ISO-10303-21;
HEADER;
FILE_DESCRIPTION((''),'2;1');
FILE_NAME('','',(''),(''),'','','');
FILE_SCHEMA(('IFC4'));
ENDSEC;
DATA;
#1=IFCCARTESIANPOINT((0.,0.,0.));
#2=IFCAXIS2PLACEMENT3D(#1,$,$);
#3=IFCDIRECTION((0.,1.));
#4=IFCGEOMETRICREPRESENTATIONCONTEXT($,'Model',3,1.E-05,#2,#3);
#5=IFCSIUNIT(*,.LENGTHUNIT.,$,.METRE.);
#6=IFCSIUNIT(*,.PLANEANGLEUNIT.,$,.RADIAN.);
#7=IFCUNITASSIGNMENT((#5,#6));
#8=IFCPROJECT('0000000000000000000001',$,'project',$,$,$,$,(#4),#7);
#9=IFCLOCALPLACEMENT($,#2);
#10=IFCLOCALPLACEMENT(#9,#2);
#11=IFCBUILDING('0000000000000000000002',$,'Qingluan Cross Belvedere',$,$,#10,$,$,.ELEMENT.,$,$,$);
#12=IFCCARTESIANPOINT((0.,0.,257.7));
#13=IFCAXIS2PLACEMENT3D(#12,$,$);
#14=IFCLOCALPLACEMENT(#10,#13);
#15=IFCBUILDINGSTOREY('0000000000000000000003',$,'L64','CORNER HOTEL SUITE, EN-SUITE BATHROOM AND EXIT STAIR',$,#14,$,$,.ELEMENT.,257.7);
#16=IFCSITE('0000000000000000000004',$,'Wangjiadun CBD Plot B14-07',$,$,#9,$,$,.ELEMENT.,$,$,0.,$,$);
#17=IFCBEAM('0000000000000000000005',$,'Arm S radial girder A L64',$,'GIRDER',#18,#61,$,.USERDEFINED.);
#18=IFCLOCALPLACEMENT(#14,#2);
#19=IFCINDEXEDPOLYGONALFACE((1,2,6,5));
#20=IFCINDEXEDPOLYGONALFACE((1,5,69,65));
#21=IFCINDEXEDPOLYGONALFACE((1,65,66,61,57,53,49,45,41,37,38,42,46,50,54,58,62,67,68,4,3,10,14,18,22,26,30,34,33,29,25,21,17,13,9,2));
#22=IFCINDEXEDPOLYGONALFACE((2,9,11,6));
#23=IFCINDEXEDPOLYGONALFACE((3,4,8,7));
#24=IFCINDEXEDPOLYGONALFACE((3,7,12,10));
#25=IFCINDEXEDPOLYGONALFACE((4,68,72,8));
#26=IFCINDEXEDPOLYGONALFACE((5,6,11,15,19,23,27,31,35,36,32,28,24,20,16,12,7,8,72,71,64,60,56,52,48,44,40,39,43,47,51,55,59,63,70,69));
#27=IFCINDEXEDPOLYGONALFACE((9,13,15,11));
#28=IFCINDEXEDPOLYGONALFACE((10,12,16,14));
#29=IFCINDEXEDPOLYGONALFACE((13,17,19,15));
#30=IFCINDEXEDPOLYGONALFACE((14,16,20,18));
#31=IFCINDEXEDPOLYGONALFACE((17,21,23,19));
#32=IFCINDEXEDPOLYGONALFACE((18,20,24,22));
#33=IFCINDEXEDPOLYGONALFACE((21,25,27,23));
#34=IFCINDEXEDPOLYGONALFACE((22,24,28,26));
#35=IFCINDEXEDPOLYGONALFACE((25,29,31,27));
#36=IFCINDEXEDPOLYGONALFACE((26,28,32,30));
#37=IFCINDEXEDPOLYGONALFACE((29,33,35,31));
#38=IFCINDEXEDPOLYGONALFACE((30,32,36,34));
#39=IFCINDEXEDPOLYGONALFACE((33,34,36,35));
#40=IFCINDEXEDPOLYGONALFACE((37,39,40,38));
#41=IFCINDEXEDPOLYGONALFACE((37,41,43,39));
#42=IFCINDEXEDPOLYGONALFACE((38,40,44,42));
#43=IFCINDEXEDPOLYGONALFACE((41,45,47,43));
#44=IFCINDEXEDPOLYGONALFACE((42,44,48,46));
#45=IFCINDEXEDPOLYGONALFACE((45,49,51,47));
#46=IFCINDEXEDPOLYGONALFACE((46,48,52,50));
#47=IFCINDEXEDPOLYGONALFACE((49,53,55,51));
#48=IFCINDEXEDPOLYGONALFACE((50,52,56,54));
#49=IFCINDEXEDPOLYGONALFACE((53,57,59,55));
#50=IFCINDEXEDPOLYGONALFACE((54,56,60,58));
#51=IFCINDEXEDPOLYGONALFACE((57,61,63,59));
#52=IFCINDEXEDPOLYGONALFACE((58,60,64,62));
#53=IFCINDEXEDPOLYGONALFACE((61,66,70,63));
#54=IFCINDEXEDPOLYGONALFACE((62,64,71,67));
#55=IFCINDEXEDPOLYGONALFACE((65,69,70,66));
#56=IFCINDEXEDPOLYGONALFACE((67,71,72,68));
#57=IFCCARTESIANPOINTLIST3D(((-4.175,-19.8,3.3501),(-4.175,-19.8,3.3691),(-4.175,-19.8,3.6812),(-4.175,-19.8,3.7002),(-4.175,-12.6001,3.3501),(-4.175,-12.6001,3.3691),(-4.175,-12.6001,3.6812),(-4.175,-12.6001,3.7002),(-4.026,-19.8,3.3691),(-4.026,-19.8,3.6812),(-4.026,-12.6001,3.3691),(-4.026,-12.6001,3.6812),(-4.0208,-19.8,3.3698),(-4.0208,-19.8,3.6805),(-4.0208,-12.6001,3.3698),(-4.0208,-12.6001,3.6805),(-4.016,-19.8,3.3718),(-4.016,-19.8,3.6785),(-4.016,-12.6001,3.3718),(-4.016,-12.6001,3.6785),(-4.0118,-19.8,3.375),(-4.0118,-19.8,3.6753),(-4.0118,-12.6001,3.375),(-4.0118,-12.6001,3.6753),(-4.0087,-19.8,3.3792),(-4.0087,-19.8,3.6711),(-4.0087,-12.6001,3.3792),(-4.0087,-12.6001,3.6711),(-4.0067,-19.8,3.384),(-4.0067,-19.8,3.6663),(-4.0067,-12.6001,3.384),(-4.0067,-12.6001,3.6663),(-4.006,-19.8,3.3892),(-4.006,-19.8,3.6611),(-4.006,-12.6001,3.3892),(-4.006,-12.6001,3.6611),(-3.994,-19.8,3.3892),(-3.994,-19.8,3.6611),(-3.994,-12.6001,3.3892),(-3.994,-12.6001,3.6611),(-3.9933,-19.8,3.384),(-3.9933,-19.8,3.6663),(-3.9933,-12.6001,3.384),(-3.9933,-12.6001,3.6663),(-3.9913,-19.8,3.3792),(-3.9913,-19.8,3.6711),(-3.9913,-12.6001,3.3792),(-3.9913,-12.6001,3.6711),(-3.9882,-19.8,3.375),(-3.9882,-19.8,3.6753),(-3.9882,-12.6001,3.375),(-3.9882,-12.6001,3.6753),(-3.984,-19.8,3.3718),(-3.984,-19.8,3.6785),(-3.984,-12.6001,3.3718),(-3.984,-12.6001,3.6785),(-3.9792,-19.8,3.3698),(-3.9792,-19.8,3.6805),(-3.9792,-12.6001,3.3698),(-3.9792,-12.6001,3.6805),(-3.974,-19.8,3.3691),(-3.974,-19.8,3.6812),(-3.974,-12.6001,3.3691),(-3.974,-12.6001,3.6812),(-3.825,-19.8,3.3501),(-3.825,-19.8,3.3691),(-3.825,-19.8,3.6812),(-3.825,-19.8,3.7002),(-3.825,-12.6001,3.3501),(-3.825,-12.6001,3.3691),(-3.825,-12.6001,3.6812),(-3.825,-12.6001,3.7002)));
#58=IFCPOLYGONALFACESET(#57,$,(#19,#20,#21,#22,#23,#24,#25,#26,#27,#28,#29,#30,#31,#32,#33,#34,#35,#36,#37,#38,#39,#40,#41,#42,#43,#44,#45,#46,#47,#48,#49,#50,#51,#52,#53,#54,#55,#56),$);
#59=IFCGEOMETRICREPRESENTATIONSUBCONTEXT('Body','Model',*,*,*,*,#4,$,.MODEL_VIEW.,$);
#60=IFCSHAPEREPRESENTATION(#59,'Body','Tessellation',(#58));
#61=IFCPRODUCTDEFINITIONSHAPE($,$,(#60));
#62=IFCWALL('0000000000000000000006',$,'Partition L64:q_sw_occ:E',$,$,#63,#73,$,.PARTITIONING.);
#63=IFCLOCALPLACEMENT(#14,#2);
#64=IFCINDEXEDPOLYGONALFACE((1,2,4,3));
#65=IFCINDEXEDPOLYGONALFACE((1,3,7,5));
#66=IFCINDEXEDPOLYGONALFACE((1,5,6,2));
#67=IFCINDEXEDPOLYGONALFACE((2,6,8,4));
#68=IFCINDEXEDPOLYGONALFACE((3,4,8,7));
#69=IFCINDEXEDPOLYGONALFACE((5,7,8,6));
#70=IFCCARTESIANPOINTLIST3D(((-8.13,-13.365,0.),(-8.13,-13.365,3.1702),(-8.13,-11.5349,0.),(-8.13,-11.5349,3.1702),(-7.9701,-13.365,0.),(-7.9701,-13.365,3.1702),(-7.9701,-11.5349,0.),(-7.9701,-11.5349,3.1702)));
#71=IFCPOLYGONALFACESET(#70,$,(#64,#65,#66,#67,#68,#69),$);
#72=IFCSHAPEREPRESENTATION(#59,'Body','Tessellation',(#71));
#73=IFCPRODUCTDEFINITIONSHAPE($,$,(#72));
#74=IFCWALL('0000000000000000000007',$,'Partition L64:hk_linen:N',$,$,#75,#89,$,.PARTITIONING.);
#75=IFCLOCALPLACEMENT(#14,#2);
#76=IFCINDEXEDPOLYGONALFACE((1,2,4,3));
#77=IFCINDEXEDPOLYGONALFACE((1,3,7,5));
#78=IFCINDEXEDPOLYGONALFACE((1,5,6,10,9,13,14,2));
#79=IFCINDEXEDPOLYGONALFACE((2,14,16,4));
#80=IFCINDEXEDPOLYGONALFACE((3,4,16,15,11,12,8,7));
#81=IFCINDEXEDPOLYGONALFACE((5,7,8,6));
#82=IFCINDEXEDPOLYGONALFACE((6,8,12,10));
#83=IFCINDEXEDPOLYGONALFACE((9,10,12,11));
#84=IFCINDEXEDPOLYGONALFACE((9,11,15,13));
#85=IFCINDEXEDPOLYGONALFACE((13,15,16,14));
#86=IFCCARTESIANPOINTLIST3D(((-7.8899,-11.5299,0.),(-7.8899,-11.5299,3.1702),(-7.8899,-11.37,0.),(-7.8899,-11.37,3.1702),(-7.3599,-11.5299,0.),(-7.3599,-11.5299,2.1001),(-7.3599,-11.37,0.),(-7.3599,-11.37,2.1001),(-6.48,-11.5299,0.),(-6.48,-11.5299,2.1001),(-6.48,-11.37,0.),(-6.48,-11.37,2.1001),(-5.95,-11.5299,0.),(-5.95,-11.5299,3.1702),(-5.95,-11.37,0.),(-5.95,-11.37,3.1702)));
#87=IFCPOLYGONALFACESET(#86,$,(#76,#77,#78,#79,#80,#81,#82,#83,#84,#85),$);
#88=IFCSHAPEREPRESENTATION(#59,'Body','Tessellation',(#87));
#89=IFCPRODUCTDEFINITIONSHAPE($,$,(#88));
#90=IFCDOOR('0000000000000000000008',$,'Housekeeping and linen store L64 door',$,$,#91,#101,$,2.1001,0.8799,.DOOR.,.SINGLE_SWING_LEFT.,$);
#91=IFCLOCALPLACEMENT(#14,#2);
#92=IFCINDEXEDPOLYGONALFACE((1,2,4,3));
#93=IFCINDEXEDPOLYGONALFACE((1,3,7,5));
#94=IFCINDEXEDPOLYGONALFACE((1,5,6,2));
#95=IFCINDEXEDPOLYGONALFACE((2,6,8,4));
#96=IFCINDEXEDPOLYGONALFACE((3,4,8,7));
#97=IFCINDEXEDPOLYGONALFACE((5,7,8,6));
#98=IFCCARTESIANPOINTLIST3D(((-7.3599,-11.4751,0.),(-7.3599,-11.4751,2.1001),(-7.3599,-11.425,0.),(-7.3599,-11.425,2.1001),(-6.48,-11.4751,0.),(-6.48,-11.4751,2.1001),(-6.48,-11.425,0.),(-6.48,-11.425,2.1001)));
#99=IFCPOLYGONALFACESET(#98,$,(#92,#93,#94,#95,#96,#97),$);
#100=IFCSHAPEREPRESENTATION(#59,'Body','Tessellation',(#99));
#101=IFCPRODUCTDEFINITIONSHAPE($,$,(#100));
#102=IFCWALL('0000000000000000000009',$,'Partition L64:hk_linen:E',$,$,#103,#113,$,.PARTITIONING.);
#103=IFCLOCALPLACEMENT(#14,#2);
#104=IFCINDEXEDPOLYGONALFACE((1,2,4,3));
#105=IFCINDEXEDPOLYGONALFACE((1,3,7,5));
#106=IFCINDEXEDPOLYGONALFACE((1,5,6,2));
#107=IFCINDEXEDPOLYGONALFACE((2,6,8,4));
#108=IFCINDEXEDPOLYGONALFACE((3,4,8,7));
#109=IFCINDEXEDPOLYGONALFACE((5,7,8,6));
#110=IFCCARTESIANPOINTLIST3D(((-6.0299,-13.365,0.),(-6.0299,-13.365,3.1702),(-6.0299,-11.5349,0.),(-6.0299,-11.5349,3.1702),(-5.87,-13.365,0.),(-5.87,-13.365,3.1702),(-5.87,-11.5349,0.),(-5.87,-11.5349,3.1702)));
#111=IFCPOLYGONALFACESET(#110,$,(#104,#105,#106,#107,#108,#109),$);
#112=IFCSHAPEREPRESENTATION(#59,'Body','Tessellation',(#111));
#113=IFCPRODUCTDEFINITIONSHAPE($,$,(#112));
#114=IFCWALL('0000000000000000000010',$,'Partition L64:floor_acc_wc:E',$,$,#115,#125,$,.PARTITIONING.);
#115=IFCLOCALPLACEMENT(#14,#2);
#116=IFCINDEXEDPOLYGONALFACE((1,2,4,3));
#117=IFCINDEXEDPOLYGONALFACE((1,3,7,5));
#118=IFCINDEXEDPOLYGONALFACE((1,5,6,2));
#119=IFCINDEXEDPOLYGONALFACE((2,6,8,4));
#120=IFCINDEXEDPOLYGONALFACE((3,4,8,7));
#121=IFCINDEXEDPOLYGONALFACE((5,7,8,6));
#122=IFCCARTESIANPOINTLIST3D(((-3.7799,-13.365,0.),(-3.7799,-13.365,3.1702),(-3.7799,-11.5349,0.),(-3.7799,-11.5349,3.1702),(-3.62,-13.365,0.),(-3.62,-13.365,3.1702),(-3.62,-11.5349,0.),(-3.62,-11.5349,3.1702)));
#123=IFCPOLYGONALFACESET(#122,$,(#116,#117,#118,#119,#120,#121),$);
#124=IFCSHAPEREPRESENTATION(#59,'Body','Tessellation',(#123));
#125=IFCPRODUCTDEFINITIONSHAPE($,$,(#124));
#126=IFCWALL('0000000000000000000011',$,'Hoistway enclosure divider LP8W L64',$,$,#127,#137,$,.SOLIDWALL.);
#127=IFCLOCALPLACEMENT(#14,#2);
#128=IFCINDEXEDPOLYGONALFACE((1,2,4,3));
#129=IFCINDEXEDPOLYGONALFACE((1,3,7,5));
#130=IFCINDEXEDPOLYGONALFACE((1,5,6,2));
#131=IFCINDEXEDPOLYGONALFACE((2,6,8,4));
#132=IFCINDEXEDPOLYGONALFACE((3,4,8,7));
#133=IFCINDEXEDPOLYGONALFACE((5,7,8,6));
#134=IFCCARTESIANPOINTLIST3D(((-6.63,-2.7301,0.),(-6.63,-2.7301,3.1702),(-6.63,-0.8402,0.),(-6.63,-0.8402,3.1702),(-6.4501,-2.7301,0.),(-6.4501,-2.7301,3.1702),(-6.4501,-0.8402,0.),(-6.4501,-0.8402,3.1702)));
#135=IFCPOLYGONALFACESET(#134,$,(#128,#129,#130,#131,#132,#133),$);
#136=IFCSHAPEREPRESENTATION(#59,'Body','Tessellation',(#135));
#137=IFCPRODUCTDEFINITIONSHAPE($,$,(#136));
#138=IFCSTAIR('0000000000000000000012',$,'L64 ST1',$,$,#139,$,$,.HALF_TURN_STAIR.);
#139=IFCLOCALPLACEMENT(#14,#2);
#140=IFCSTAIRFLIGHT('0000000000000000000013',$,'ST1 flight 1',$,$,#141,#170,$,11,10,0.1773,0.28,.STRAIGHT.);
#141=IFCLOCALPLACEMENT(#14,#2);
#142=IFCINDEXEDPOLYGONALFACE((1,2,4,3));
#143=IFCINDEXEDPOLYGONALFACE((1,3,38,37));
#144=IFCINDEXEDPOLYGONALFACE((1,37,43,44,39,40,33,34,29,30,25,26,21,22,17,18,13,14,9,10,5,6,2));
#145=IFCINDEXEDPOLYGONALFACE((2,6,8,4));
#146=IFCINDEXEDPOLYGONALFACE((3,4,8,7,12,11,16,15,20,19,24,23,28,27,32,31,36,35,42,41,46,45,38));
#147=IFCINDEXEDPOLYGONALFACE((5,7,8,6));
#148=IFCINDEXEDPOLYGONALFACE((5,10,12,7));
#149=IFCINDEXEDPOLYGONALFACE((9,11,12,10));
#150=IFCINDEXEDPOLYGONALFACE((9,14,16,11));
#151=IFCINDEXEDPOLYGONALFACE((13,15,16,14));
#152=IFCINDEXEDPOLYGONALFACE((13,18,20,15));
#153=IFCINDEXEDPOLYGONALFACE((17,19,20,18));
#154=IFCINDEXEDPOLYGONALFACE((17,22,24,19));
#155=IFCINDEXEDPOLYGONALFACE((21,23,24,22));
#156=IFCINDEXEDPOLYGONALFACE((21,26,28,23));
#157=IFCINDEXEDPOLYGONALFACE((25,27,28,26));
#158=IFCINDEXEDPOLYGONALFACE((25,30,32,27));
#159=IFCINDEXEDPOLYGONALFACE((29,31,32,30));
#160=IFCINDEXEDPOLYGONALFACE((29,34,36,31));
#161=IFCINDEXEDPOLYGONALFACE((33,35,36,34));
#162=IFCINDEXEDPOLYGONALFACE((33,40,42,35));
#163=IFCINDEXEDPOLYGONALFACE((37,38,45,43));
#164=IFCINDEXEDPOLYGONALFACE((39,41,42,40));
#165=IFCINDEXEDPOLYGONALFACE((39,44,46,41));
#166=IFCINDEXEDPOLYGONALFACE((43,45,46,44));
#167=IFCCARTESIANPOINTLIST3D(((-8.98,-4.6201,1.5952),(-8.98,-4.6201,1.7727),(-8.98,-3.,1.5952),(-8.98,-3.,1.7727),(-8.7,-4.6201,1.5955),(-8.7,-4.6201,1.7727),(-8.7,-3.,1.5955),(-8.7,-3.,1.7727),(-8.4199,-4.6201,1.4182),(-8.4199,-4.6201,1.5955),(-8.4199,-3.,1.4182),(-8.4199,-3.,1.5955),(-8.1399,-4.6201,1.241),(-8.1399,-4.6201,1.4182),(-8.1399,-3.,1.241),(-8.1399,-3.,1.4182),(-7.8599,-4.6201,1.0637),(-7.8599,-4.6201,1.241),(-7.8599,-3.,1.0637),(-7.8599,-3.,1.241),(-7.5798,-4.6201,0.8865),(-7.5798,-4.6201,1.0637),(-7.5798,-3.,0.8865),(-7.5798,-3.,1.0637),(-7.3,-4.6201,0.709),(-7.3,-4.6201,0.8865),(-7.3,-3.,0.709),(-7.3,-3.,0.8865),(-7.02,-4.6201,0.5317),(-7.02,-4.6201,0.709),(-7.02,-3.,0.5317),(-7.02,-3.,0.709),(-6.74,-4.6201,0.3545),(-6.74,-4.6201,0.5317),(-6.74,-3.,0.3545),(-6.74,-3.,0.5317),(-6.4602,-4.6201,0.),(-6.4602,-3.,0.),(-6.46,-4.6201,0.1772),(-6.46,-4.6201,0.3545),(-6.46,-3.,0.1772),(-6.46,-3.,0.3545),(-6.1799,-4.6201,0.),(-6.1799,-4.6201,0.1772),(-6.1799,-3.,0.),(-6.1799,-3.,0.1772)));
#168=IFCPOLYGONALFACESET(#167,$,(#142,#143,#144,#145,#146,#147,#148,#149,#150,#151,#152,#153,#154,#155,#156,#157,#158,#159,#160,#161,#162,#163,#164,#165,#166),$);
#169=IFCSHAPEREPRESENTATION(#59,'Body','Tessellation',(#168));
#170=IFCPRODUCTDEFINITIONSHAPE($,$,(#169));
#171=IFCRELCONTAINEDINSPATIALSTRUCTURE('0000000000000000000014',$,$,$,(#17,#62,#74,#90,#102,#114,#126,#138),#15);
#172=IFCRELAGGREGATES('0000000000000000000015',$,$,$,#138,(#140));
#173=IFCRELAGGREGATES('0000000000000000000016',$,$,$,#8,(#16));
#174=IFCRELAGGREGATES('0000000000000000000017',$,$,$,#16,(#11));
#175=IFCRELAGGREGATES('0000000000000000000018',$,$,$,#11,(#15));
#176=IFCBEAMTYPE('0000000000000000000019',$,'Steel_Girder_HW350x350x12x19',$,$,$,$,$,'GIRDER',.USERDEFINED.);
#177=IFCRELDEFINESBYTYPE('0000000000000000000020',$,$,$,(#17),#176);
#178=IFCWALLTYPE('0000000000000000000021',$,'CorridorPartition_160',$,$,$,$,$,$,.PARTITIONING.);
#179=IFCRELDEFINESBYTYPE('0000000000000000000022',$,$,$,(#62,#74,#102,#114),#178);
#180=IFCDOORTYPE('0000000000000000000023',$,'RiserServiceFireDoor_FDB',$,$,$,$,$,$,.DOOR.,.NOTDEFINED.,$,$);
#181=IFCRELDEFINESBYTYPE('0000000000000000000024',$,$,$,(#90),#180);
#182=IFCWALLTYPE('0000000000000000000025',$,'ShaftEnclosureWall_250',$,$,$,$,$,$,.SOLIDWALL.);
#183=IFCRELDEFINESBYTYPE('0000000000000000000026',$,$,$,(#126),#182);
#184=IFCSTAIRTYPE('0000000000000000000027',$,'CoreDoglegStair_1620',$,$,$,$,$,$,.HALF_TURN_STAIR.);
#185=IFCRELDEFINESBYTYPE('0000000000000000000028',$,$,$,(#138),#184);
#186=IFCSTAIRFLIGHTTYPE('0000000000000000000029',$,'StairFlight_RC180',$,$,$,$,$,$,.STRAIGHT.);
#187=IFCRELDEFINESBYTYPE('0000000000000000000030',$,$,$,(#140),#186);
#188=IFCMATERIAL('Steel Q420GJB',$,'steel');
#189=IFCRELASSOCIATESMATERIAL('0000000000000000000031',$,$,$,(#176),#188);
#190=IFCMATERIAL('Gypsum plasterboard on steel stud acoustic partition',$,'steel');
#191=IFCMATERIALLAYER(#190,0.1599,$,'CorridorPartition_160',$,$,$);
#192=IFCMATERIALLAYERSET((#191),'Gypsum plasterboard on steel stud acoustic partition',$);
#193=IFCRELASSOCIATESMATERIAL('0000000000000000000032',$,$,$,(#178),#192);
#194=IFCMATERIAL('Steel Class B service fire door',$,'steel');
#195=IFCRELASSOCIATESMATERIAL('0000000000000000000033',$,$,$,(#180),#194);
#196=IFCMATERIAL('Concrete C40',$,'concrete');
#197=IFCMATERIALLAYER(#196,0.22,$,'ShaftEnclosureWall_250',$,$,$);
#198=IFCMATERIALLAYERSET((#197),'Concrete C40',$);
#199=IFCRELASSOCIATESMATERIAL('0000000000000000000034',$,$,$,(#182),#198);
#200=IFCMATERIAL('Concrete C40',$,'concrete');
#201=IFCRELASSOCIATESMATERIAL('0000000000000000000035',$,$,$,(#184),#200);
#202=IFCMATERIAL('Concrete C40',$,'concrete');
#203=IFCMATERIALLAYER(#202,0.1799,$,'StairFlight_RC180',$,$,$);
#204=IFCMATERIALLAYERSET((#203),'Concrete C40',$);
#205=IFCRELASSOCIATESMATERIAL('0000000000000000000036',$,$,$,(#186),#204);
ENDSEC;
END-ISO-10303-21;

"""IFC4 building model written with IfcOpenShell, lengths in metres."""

from ifc_helpers import new_model, si_unit, direction, frame, frame_2d, origin, origin_2d, place, context, subcontext, project, spatial, polyline, rectangle, i_section, outline, extrude, material, layer, layer_set, material_profile, profile_set, type_object, element, fill, aggregate, save


model = new_model("IFC4")

# Units and contexts
model_context = context("Model", 3, precision=1e-05, world=origin(), true_north=direction((0.0, 1.0)))
body_context = subcontext(model_context, "Body", "Model", "MODEL_VIEW")
ifc_project = project(units=[si_unit("LENGTHUNIT", "METRE"), si_unit("PLANEANGLEUNIT", "RADIAN")], contexts=[model_context])

# Site, building, storey
site_placement = place(None, origin())
site = spatial("IfcSite", under=ifc_project, at=site_placement, Name="Wangjiadun CBD Plot B14-07", CompositionType="ELEMENT", RefElevation=0.0)
building_placement = place(site_placement, origin())
building = spatial("IfcBuilding", under=site, at=building_placement, Name="Qingluan Cross Belvedere", CompositionType="ELEMENT")
storey_placement = place(building_placement, frame((0.0, 0.0, 257.7)))
storey = spatial("IfcBuildingStorey", under=building, at=storey_placement, Name="L64", Description="CORNER HOTEL SUITE, EN-SUITE BATHROOM AND EXIT STAIR", CompositionType="ELEMENT", Elevation=257.7)

# Beam
ifc_material_1 = material(Name="Steel Q420GJB", Category="steel")
ifc_material_profile_1 = material_profile(ifc_material_1, i_section(OverallWidth=0.3501, OverallDepth=0.3501, WebThickness=0.012, FlangeThickness=0.019, FilletRadius=0.02, at=origin_2d()), Name="HW350x350x12x19")
ifc_profile_set_1 = profile_set([ifc_material_profile_1], Name="Steel Q420GJB")
beam_type_1 = type_object("IfcBeamType", Name="Steel_Girder_HW350x350x12x19", ElementType="GIRDER", PredefinedType="USERDEFINED", material=ifc_profile_set_1)
beam_1_placement = place(storey_placement, frame((-4.0, -12.6001, 3.5251), z_axis=(0.0, -1.0, 0.0), x_axis=(1.0, 0.0, 0.0)))
element("IfcBeam", 1, at=beam_1_placement, inside=storey, type_object=beam_type_1, Name="Arm S radial girder A L64", ObjectType="GIRDER", PredefinedType="USERDEFINED", context=body_context, shape_type="SweptSolid", body=[
    extrude(i_section(OverallWidth=0.3501, OverallDepth=0.3501, WebThickness=0.012, FlangeThickness=0.019, FilletRadius=0.02, at=origin_2d()), origin(), (0.0, 0.0, 1.0), 7.2),
])

# Wall
ifc_material_2 = material(Name="Gypsum plasterboard on steel stud acoustic partition", Category="steel")
ifc_layer_1 = layer(ifc_material_2, 0.1599, Name="CorridorPartition_160")
ifc_layer_set_1 = layer_set([ifc_layer_1], Name="Gypsum plasterboard on steel stud acoustic partition")
wall_type_1 = type_object("IfcWallType", Name="CorridorPartition_160", PredefinedType="PARTITIONING", material=ifc_layer_set_1)
wall_1_placement = place(storey_placement, frame((-8.05, -13.365, 0.0), z_axis=(0.0, 0.0, 1.0), x_axis=(0.0, 1.0, 0.0)))
element("IfcWall", 2, at=wall_1_placement, inside=storey, type_object=wall_type_1, Name="Partition L64:q_sw_occ:E", PredefinedType="PARTITIONING", context=body_context, shape_type="SweptSolid", body=[
    extrude(rectangle(XDim=1.8301, YDim=0.1599, at=frame_2d((0.915, 0.0))), origin(), (0.0, 0.0, 1.0), 3.1702),
])

# Wall, opening, door
wall_2_placement = place(storey_placement, frame((-7.8899, -11.45, 0.0), z_axis=(0.0, 0.0, 1.0), x_axis=(1.0, 0.0, 0.0)))
wall_2 = element("IfcWall", 3, at=wall_2_placement, inside=storey, type_object=wall_type_1, Name="Partition L64:hk_linen:N", PredefinedType="PARTITIONING", context=body_context, shape_type="SweptSolid", body=[
    extrude(rectangle(XDim=1.9399, YDim=0.1599, at=frame_2d((0.97, 0.0))), origin(), (0.0, 0.0, 1.0), 3.1702),
])
opening_1_placement = place(wall_2_placement, frame((0.53, 0.0, 0.0)))
opening_1 = element("IfcOpeningElement", 4, at=opening_1_placement, cuts=wall_2, PredefinedType="OPENING", context=body_context, shape_type="SweptSolid", body=[
    extrude(rectangle(XDim=0.8799, YDim=2.1001, at=frame_2d((0.4399, 1.05))), frame((0.0, 0.0898, 0.0), z_axis=(0.0, -1.0, 0.0), x_axis=(1.0, 0.0, 0.0)), (0.0, 0.0, 1.0), 0.1799),
])
ifc_material_3 = material(Name="Steel Class B service fire door", Category="steel")
door_type_1 = type_object("IfcDoorType", Name="RiserServiceFireDoor_FDB", OperationType="NOTDEFINED", PredefinedType="DOOR", material=ifc_material_3)
door_1_placement = place(opening_1_placement, origin())
door_1 = element("IfcDoor", 5, at=door_1_placement, inside=storey, type_object=door_type_1, Name="Housekeeping and linen store L64 door", OperationType="SINGLE_SWING_LEFT", OverallHeight=2.1001, OverallWidth=0.8799, PredefinedType="DOOR", context=body_context, shape_type="SweptSolid", body=[
    extrude(rectangle(XDim=0.8799, YDim=2.1001, at=frame_2d((0.4399, 1.05))), frame((0.0, 0.0249, 0.0), z_axis=(0.0, -1.0, 0.0), x_axis=(1.0, 0.0, 0.0)), (0.0, 0.0, 1.0), 0.05),
])
fill(opening_1, door_1)

# Wall
wall_3_placement = place(storey_placement, frame((-5.95, -13.365, 0.0), z_axis=(0.0, 0.0, 1.0), x_axis=(0.0, 1.0, 0.0)))
element("IfcWall", 6, at=wall_3_placement, inside=storey, type_object=wall_type_1, Name="Partition L64:hk_linen:E", PredefinedType="PARTITIONING", context=body_context, shape_type="SweptSolid", body=[
    extrude(rectangle(XDim=1.8301, YDim=0.1599, at=frame_2d((0.915, 0.0))), origin(), (0.0, 0.0, 1.0), 3.1702),
])

# Wall
wall_4_placement = place(storey_placement, frame((-3.7, -13.365, 0.0), z_axis=(0.0, 0.0, 1.0), x_axis=(0.0, 1.0, 0.0)))
element("IfcWall", 7, at=wall_4_placement, inside=storey, type_object=wall_type_1, Name="Partition L64:floor_acc_wc:E", PredefinedType="PARTITIONING", context=body_context, shape_type="SweptSolid", body=[
    extrude(rectangle(XDim=1.8301, YDim=0.1599, at=frame_2d((0.915, 0.0))), origin(), (0.0, 0.0, 1.0), 3.1702),
])

# Wall
ifc_material_4 = material(Name="Concrete C40", Category="concrete")
ifc_layer_2 = layer(ifc_material_4, 0.22, Name="ShaftEnclosureWall_250")
ifc_layer_set_2 = layer_set([ifc_layer_2], Name="Concrete C40")
wall_type_2 = type_object("IfcWallType", Name="ShaftEnclosureWall_250", PredefinedType="SOLIDWALL", material=ifc_layer_set_2)
wall_5_placement = place(storey_placement, frame((-6.54, -2.73, 0.0), z_axis=(0.0, 0.0, 1.0), x_axis=(0.0, 1.0, 0.0)))
element("IfcWall", 8, at=wall_5_placement, inside=storey, type_object=wall_type_2, Name="Hoistway enclosure divider LP8W L64", PredefinedType="SOLIDWALL", context=body_context, shape_type="SweptSolid", body=[
    extrude(rectangle(XDim=1.8899, YDim=0.1799, at=frame_2d((0.9448, 0.0))), origin(), (0.0, 0.0, 1.0), 3.1702),
])

# Stair, stair flight
ifc_material_5 = material(Name="Concrete C40", Category="concrete")
stair_type = type_object("IfcStairType", Name="CoreDoglegStair_1620", PredefinedType="HALF_TURN_STAIR", material=ifc_material_5)
stair_placement = place(storey_placement, origin())
stair = element("IfcStair", 9, at=stair_placement, inside=storey, type_object=stair_type, Name="L64 ST1", PredefinedType="HALF_TURN_STAIR")
ifc_material_6 = material(Name="Concrete C40", Category="concrete")
ifc_layer_3 = layer(ifc_material_6, 0.1799, Name="StairFlight_RC180")
ifc_layer_set_3 = layer_set([ifc_layer_3], Name="Concrete C40")
stair_flight_type = type_object("IfcStairFlightType", Name="StairFlight_RC180", PredefinedType="STRAIGHT", material=ifc_layer_set_3)
stair_flight_placement = place(storey_placement, frame((-6.1799, -3.8101, 0.0), z_axis=(0.0, 0.0, 1.0), x_axis=(-1.0, 0.0, 0.0)))
stair_flight = element("IfcStairFlight", 10, at=stair_flight_placement, type_object=stair_flight_type, Name="ST1 flight 1", NumberOfRisers=11, NumberOfTreads=10, PredefinedType="STRAIGHT", RiserHeight=0.1773, TreadLength=0.28, context=body_context, shape_type="SweptSolid", body=[
    extrude(outline(polyline([(0.0, 0.0), (0.0, 0.1772), (0.28, 0.1772), (0.28, 0.3545), (0.5601, 0.3545), (0.5601, 0.5317), (0.8401, 0.5317), (0.8401, 0.709), (1.1201, 0.709), (1.1201, 0.8865), (1.3999, 0.8865), (1.3999, 1.0637), (1.6799, 1.0637), (1.6799, 1.241), (1.96, 1.241), (1.96, 1.4182), (2.24, 1.4182), (2.24, 1.5955), (2.52, 1.5955), (2.52, 1.7727), (2.8, 1.7727), (2.8, 1.95), (2.8, 1.5952), (0.2803, 0.0), (0.0, 0.0)])), frame((0.0, 0.8101, 0.0), z_axis=(0.0, -1.0, 0.0), x_axis=(1.0, 0.0, 0.0)), (0.0, 0.0, 1.0), 1.6201),
])
aggregate(stair, [stair_flight])

save(model, "model.ifc")
